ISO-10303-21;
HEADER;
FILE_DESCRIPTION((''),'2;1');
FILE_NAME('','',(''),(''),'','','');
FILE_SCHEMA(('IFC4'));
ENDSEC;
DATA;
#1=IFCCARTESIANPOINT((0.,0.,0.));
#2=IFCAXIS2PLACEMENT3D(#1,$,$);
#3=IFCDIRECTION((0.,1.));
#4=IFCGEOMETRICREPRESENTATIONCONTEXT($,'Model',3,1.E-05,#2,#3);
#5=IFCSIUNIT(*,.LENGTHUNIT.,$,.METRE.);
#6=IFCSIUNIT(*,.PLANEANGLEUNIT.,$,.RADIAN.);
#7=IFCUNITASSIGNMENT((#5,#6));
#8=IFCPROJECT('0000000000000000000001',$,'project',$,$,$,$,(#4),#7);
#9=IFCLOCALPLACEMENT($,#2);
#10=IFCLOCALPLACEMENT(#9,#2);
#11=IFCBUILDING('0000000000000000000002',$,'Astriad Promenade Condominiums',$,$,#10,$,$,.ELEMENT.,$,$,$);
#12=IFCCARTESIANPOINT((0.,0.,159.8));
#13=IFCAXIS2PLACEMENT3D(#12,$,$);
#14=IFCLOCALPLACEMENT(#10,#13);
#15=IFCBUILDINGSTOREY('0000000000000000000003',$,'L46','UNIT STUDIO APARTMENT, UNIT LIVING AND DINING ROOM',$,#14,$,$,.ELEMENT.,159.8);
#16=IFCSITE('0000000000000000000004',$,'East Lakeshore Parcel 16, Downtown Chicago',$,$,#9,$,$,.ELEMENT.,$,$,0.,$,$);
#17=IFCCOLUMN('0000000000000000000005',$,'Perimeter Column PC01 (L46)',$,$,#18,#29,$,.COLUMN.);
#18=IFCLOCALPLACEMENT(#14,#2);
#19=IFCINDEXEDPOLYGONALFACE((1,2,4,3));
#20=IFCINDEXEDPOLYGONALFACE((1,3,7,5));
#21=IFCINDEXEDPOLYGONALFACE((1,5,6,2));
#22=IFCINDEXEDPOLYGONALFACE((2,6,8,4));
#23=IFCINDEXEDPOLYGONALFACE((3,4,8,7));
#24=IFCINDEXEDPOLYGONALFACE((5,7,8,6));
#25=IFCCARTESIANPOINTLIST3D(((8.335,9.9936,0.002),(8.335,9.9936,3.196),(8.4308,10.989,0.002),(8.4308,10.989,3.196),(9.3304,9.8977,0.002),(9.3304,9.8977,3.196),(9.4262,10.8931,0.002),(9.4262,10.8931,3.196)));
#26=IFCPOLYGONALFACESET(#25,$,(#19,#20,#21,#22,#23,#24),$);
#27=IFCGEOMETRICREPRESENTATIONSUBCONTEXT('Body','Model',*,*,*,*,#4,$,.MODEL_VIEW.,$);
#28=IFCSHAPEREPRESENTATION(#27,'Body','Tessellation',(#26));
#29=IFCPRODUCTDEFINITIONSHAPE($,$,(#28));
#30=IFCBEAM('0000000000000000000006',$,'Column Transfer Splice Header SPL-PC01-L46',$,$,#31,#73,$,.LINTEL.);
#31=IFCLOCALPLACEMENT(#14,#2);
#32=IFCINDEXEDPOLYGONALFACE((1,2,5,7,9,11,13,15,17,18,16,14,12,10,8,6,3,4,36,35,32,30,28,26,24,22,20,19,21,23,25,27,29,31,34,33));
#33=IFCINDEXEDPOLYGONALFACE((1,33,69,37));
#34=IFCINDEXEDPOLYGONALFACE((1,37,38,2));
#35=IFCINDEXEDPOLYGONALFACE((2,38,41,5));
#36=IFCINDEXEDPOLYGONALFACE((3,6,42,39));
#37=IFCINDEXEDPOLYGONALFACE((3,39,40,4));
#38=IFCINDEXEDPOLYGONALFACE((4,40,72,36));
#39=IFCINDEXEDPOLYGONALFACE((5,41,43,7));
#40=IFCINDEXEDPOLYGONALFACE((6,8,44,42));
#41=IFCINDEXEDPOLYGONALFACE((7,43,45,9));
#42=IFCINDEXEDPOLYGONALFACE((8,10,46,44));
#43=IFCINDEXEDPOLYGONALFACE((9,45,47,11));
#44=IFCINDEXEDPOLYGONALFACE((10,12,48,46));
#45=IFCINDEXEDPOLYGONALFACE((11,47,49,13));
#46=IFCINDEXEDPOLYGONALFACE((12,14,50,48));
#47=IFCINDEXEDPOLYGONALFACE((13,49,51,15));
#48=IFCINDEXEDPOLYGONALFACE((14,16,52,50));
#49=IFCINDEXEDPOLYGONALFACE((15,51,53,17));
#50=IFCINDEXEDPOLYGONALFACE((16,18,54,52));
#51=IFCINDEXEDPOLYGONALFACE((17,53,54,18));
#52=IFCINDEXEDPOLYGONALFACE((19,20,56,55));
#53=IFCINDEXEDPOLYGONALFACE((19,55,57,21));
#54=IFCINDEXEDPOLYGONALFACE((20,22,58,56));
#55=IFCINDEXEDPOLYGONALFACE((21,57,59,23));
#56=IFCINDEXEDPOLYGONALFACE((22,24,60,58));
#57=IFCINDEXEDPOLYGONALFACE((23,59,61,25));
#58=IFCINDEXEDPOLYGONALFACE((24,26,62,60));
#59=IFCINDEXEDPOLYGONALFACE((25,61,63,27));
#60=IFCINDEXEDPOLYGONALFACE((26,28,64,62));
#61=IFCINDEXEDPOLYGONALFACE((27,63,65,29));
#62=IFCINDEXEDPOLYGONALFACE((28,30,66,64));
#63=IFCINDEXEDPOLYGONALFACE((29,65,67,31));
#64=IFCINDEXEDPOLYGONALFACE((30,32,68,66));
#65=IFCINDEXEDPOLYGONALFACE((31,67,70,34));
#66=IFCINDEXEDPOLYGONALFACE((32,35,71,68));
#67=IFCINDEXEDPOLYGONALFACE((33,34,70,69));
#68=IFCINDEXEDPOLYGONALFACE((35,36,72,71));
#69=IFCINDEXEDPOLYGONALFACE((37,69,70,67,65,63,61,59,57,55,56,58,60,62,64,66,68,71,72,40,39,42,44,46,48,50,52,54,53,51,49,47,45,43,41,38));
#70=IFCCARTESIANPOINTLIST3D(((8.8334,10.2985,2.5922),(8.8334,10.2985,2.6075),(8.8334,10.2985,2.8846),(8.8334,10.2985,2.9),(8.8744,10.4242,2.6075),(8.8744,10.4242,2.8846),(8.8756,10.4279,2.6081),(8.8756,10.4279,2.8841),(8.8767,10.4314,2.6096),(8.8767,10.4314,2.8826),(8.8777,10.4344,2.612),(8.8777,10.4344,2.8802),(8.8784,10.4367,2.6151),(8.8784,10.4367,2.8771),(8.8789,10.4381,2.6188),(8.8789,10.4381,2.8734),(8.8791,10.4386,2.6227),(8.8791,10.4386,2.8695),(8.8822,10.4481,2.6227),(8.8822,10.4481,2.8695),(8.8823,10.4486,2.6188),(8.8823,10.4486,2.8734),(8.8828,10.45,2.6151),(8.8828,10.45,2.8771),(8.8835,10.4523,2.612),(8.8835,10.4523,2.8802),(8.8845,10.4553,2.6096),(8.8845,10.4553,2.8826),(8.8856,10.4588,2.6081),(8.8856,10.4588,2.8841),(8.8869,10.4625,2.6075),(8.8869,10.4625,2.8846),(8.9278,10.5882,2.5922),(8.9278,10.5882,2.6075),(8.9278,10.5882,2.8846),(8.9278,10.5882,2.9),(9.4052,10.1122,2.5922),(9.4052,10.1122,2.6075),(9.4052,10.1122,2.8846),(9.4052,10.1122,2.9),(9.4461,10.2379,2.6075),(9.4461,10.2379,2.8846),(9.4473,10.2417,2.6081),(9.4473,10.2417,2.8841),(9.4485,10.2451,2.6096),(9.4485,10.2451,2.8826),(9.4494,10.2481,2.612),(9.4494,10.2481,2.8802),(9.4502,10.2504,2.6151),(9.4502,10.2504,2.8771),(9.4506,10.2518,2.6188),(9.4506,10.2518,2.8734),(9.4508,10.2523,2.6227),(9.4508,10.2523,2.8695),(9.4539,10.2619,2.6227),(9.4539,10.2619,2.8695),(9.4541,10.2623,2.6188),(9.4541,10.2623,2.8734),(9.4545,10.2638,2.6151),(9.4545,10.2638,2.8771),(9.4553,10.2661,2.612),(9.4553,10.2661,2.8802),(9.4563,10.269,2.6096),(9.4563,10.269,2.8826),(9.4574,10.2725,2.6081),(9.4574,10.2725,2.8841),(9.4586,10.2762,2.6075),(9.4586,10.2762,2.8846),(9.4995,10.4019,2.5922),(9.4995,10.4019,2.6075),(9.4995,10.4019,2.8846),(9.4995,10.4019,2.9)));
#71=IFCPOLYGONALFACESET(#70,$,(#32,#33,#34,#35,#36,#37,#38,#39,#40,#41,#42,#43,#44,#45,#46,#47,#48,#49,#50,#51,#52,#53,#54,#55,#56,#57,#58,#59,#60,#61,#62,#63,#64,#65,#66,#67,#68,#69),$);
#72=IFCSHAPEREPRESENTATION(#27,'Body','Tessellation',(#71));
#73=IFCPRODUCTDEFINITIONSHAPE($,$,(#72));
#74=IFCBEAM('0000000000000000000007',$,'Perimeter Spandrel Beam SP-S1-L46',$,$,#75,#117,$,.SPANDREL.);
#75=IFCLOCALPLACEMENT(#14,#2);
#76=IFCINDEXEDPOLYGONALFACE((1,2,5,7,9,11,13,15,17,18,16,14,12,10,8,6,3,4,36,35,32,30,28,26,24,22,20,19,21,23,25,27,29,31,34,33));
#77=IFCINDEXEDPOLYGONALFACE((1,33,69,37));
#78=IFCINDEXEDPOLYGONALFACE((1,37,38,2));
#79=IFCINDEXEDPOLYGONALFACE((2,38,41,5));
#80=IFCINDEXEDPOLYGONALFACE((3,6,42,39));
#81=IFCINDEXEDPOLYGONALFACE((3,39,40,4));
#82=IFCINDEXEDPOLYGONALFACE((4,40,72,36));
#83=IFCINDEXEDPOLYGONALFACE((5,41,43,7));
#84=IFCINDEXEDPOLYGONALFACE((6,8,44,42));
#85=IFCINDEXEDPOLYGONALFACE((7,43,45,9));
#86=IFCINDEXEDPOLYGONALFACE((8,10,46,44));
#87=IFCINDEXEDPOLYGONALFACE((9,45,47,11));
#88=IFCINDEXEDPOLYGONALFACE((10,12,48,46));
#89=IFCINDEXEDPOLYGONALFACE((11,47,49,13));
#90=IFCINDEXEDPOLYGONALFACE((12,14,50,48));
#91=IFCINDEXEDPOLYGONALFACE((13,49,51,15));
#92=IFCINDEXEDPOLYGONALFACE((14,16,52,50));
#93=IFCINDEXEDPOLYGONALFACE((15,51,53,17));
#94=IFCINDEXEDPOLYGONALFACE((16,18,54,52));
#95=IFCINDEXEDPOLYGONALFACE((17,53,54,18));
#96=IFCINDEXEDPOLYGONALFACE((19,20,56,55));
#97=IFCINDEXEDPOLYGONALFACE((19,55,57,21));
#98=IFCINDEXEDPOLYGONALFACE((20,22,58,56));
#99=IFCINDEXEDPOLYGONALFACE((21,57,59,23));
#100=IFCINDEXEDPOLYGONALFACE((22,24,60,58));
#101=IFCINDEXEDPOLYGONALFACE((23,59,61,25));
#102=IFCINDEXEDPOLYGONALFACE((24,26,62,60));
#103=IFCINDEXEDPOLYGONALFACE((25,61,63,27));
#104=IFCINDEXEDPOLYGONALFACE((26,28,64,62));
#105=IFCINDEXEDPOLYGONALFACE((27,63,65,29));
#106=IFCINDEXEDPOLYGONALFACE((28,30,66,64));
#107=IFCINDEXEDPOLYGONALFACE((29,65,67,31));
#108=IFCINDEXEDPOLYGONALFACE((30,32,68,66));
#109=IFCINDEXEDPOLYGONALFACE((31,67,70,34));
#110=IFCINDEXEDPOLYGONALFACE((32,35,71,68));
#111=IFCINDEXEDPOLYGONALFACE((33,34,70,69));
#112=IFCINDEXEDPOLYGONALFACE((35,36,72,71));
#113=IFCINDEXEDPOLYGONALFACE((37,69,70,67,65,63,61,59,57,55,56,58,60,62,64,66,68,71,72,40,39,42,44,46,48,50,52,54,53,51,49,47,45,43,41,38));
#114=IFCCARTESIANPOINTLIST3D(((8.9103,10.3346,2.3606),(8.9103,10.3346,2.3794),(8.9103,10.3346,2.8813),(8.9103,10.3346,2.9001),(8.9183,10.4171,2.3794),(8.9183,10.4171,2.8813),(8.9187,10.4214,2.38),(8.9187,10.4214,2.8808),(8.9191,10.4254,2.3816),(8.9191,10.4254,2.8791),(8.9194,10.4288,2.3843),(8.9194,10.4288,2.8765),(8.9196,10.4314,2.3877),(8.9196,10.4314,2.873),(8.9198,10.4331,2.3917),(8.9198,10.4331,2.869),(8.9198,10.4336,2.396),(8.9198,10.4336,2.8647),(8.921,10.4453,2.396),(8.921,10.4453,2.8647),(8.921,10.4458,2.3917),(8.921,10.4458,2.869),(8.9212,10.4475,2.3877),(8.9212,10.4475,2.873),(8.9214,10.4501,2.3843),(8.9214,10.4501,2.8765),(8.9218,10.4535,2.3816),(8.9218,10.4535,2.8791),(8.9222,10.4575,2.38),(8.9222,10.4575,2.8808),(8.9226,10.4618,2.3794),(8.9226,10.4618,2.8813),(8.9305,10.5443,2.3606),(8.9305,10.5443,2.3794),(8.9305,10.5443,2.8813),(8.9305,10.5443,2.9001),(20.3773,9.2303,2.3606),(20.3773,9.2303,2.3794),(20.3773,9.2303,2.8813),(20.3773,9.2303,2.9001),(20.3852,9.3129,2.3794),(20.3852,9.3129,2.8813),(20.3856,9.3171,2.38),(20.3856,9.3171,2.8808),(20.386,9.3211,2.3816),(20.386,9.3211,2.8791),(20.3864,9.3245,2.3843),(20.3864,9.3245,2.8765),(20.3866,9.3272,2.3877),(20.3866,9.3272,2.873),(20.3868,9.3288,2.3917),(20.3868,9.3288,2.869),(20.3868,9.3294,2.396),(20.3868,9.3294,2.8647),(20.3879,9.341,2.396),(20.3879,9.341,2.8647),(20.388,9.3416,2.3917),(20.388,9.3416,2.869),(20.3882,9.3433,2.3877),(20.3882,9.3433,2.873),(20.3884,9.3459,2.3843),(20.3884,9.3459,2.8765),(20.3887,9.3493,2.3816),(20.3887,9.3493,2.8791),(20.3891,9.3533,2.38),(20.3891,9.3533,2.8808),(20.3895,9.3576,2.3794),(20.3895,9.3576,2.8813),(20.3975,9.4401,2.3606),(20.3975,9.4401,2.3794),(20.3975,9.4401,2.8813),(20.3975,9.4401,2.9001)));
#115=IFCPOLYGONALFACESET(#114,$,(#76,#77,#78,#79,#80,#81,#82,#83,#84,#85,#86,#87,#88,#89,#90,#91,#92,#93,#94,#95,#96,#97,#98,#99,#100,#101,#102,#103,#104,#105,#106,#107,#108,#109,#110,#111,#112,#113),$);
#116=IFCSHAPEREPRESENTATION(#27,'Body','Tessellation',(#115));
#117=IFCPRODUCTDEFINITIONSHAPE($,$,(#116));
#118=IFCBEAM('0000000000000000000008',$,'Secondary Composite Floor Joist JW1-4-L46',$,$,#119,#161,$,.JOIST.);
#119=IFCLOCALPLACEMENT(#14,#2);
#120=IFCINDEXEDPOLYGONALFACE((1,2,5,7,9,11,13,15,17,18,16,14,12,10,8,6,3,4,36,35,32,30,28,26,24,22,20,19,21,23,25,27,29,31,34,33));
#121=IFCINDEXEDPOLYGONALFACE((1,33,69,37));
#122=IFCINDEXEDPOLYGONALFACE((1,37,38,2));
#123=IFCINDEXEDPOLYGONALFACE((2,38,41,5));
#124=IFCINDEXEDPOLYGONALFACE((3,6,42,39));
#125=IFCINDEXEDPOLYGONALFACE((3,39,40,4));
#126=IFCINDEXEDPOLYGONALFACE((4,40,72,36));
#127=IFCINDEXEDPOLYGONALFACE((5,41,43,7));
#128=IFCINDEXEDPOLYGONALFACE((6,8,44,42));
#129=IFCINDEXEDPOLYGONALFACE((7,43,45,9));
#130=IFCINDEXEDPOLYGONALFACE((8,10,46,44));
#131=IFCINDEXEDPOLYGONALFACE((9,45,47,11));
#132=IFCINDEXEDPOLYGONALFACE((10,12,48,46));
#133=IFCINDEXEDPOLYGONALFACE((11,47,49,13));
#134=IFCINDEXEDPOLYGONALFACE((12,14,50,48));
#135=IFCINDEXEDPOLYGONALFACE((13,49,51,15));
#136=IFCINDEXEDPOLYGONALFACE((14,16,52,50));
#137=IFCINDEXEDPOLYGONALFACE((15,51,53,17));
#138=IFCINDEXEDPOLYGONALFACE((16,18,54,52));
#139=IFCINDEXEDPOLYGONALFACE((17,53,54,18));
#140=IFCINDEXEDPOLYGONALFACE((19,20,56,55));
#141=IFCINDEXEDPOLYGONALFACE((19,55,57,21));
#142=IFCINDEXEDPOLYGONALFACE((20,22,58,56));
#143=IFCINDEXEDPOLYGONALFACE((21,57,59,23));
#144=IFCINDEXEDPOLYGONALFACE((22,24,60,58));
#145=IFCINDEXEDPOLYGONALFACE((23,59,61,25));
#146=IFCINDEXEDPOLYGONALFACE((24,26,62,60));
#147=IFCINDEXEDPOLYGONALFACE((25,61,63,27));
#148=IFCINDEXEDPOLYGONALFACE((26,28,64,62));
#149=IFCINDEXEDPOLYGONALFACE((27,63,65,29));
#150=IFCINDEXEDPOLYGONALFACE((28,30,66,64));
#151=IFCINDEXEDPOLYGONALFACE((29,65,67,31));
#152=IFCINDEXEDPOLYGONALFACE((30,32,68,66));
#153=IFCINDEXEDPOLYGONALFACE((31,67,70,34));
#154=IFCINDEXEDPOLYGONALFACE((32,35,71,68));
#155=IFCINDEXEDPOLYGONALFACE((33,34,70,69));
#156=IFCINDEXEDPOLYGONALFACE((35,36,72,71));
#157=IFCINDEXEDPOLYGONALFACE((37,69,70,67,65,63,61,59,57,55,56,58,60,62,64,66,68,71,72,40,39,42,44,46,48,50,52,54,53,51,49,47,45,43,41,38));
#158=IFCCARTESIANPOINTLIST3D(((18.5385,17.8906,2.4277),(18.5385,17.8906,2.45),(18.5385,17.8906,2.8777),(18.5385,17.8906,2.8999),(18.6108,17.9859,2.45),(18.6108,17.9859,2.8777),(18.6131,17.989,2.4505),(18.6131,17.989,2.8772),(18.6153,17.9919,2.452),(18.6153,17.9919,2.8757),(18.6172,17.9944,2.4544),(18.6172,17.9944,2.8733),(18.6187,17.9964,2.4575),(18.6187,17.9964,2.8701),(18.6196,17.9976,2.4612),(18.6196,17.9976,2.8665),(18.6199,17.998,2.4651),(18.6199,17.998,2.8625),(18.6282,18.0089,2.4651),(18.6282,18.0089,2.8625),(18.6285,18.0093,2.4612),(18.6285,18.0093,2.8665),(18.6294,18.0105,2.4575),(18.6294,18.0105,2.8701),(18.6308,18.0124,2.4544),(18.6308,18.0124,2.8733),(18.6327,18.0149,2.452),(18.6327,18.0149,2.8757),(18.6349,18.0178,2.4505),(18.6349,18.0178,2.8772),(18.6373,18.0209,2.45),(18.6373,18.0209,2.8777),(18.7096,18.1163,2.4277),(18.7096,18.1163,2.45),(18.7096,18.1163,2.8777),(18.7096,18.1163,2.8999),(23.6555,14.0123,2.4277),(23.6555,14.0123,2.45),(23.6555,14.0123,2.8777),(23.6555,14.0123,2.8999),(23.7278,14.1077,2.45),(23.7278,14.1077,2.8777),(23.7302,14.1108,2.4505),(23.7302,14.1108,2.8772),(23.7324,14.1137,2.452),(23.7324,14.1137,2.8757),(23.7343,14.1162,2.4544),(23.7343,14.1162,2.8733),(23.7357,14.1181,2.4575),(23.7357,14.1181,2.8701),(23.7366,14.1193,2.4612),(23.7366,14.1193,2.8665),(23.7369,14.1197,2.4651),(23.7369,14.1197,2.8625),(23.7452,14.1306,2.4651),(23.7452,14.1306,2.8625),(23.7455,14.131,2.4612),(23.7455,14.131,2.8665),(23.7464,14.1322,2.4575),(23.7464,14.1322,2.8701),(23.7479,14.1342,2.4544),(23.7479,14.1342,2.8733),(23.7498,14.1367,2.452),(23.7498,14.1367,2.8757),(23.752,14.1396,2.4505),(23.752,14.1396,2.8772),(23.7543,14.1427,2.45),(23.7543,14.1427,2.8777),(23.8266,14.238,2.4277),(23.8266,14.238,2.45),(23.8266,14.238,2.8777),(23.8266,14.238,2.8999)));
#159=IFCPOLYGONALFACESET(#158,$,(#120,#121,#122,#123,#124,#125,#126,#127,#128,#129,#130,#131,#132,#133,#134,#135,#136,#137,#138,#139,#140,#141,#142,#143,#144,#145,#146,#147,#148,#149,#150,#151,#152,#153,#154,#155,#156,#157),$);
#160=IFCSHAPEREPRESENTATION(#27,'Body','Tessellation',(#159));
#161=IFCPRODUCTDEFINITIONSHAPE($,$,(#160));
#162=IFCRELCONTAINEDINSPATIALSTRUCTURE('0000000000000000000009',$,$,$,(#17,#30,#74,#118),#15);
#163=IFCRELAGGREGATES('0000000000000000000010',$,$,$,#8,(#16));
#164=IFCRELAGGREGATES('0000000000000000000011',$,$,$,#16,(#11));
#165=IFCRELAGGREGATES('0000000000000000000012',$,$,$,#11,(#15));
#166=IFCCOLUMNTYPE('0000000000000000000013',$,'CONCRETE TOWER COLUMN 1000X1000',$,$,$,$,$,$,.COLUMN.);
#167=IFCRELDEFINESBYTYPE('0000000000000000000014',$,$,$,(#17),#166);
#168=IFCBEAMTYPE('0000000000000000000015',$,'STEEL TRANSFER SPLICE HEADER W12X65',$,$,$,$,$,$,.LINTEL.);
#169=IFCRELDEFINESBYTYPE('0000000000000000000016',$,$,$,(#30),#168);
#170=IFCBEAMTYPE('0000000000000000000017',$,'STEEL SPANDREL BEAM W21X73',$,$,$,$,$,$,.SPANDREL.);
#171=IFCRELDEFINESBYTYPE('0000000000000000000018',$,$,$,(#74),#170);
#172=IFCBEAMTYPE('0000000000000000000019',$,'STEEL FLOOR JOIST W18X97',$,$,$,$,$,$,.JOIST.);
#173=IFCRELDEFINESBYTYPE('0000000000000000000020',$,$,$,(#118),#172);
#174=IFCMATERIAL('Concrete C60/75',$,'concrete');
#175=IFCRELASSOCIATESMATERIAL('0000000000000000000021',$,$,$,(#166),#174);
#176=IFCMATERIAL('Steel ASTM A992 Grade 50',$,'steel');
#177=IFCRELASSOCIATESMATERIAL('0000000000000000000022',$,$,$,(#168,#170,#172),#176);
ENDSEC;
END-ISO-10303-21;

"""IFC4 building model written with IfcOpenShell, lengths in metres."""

from ifc_helpers import new_model, si_unit, direction, frame, origin, origin_2d, place, context, subcontext, project, spatial, rectangle, i_section, extrude, source, transform, mapped, material, material_profile, profile_set, type_object, type_shapes, element, save


model = new_model("IFC4")

# Units and contexts
model_context = context("Model", 3, precision=1e-05, world=origin(), true_north=direction((0.0, 1.0)))
body_context = subcontext(model_context, "Body", "Model", "MODEL_VIEW")
ifc_project = project(units=[si_unit("LENGTHUNIT", "METRE"), si_unit("PLANEANGLEUNIT", "RADIAN")], contexts=[model_context])

# Site, building, storey
site_placement = place(None, origin())
site = spatial("IfcSite", under=ifc_project, at=site_placement, Name="East Lakeshore Parcel 16, Downtown Chicago", CompositionType="ELEMENT", RefElevation=0.0)
building_placement = place(site_placement, origin())
building = spatial("IfcBuilding", under=site, at=building_placement, Name="Astriad Promenade Condominiums", CompositionType="ELEMENT")
storey_placement = place(building_placement, frame((0.0, 0.0, 159.8)))
storey = spatial("IfcBuildingStorey", under=building, at=storey_placement, Name="L46", Description="UNIT STUDIO APARTMENT, UNIT LIVING AND DINING ROOM", CompositionType="ELEMENT", Elevation=159.8)

# Column
ifc_material_1 = material(Name="Concrete C60/75", Category="concrete")
ifc_material_profile_1 = material_profile(ifc_material_1, rectangle(XDim=1.0, YDim=1.0, at=origin_2d()), Name="RC-COL-1000X1000")
ifc_profile_set_1 = profile_set([ifc_material_profile_1], Name="Concrete C60/75")
column_type = type_object("IfcColumnType", Name="CONCRETE TOWER COLUMN 1000X1000", PredefinedType="COLUMN", material=ifc_profile_set_1)
shared_shape_1 = source(origin(), body_context, "Body", "SweptSolid", [
    extrude(rectangle(XDim=1.0, YDim=1.0, at=origin_2d()), origin(), (0.0, 0.0, 1.0), 3.1941),
])
type_shapes(column_type, [shared_shape_1])
column_placement = place(storey_placement, frame((8.8806, 10.4434, 0.002), z_axis=(0.0, 0.0, 1.0), x_axis=(0.995396, -0.095846, 0.0)))
element("IfcColumn", 1, at=column_placement, inside=storey, type_object=column_type, Name="Perimeter Column PC01 (L46)", PredefinedType="COLUMN", context=body_context, shape_type="MappedRepresentation", body=[
    mapped(shared_shape_1, transform((0.0, 0.0, 0.0), scale=1.0)),
])

# Beams
ifc_material_2 = material(Name="Steel ASTM A992 Grade 50", Category="steel")
ifc_material_profile_2 = material_profile(ifc_material_2, i_section(OverallWidth=0.3047, OverallDepth=0.3079, WebThickness=0.01, FlangeThickness=0.0154, FilletRadius=0.0151, at=origin_2d()), Name="W12X65")
ifc_profile_set_2 = profile_set([ifc_material_profile_2], Name="Steel ASTM A992 Grade 50")
beam_type_1 = type_object("IfcBeamType", Name="STEEL TRANSFER SPLICE HEADER W12X65", PredefinedType="LINTEL", material=ifc_profile_set_2)
shared_shape_2 = source(origin(), body_context, "Body", "SweptSolid", [
    extrude(i_section(OverallWidth=0.3047, OverallDepth=0.3079, WebThickness=0.01, FlangeThickness=0.0154, FilletRadius=0.0151, at=origin_2d()), origin(), (0.0, 0.0, 1.0), 0.6013),
])
type_shapes(beam_type_1, [shared_shape_2])
beam_1_placement = place(storey_placement, frame((8.8806, 10.4434, 2.7461), z_axis=(0.950813, -0.309765, 0.0), x_axis=(0.309765, 0.950813, 0.0)))
element("IfcBeam", 2, at=beam_1_placement, inside=storey, type_object=beam_type_1, Name="Column Transfer Splice Header SPL-PC01-L46", PredefinedType="LINTEL", context=body_context, shape_type="MappedRepresentation", body=[
    mapped(shared_shape_2, transform((0.0, 0.0, 0.0), scale=1.0)),
])
ifc_material_profile_3 = material_profile(ifc_material_2, i_section(OverallWidth=0.2107, OverallDepth=0.5396, WebThickness=0.0117, FlangeThickness=0.0188, FilletRadius=0.0166, at=origin_2d()), Name="W21X73")
ifc_profile_set_3 = profile_set([ifc_material_profile_3], Name="Steel ASTM A992 Grade 50")
beam_type_2 = type_object("IfcBeamType", Name="STEEL SPANDREL BEAM W21X73", PredefinedType="SPANDREL", material=ifc_profile_set_3)
shared_shape_3 = source(origin(), body_context, "Body", "SweptSolid", [
    extrude(i_section(OverallWidth=0.2107, OverallDepth=0.5396, WebThickness=0.0117, FlangeThickness=0.0188, FilletRadius=0.0166, at=origin_2d()), origin(), (0.0, 0.0, 1.0), 11.52),
])
type_shapes(beam_type_2, [shared_shape_3])
beam_2_placement = place(storey_placement, frame((8.9204, 10.4395, 2.6304), z_axis=(0.995395, -0.095854, 0.0), x_axis=(0.095854, 0.995395, 0.0)))
element("IfcBeam", 3, at=beam_2_placement, inside=storey, type_object=beam_type_2, Name="Perimeter Spandrel Beam SP-S1-L46", PredefinedType="SPANDREL", context=body_context, shape_type="MappedRepresentation", body=[
    mapped(shared_shape_3, transform((0.0, 0.0, 0.0), scale=1.0)),
])
ifc_material_profile_4 = material_profile(ifc_material_2, i_section(OverallWidth=0.2832, OverallDepth=0.4722, WebThickness=0.0137, FlangeThickness=0.0222, FilletRadius=0.0151, at=origin_2d()), Name="W18X97")
ifc_profile_set_4 = profile_set([ifc_material_profile_4], Name="Steel ASTM A992 Grade 50")
beam_type_3 = type_object("IfcBeamType", Name="STEEL FLOOR JOIST W18X97", PredefinedType="JOIST", material=ifc_profile_set_4)
shared_shape_4 = source(origin(), body_context, "Body", "SweptSolid", [
    extrude(i_section(OverallWidth=0.2832, OverallDepth=0.4722, WebThickness=0.0137, FlangeThickness=0.0222, FilletRadius=0.0151, at=origin_2d()), origin(), (0.0, 0.0, 1.0), 6.4207),
])
type_shapes(beam_type_3, [shared_shape_4])
beam_3_placement = place(storey_placement, frame((18.624, 18.0034, 2.6638), z_axis=(0.796965, -0.604026, 0.0), x_axis=(0.604026, 0.796965, 0.0)))
element("IfcBeam", 4, at=beam_3_placement, inside=storey, type_object=beam_type_3, Name="Secondary Composite Floor Joist JW1-4-L46", PredefinedType="JOIST", context=body_context, shape_type="MappedRepresentation", body=[
    mapped(shared_shape_4, transform((0.0, 0.0, 0.0), scale=1.0)),
])

save(model, "model.ifc")
